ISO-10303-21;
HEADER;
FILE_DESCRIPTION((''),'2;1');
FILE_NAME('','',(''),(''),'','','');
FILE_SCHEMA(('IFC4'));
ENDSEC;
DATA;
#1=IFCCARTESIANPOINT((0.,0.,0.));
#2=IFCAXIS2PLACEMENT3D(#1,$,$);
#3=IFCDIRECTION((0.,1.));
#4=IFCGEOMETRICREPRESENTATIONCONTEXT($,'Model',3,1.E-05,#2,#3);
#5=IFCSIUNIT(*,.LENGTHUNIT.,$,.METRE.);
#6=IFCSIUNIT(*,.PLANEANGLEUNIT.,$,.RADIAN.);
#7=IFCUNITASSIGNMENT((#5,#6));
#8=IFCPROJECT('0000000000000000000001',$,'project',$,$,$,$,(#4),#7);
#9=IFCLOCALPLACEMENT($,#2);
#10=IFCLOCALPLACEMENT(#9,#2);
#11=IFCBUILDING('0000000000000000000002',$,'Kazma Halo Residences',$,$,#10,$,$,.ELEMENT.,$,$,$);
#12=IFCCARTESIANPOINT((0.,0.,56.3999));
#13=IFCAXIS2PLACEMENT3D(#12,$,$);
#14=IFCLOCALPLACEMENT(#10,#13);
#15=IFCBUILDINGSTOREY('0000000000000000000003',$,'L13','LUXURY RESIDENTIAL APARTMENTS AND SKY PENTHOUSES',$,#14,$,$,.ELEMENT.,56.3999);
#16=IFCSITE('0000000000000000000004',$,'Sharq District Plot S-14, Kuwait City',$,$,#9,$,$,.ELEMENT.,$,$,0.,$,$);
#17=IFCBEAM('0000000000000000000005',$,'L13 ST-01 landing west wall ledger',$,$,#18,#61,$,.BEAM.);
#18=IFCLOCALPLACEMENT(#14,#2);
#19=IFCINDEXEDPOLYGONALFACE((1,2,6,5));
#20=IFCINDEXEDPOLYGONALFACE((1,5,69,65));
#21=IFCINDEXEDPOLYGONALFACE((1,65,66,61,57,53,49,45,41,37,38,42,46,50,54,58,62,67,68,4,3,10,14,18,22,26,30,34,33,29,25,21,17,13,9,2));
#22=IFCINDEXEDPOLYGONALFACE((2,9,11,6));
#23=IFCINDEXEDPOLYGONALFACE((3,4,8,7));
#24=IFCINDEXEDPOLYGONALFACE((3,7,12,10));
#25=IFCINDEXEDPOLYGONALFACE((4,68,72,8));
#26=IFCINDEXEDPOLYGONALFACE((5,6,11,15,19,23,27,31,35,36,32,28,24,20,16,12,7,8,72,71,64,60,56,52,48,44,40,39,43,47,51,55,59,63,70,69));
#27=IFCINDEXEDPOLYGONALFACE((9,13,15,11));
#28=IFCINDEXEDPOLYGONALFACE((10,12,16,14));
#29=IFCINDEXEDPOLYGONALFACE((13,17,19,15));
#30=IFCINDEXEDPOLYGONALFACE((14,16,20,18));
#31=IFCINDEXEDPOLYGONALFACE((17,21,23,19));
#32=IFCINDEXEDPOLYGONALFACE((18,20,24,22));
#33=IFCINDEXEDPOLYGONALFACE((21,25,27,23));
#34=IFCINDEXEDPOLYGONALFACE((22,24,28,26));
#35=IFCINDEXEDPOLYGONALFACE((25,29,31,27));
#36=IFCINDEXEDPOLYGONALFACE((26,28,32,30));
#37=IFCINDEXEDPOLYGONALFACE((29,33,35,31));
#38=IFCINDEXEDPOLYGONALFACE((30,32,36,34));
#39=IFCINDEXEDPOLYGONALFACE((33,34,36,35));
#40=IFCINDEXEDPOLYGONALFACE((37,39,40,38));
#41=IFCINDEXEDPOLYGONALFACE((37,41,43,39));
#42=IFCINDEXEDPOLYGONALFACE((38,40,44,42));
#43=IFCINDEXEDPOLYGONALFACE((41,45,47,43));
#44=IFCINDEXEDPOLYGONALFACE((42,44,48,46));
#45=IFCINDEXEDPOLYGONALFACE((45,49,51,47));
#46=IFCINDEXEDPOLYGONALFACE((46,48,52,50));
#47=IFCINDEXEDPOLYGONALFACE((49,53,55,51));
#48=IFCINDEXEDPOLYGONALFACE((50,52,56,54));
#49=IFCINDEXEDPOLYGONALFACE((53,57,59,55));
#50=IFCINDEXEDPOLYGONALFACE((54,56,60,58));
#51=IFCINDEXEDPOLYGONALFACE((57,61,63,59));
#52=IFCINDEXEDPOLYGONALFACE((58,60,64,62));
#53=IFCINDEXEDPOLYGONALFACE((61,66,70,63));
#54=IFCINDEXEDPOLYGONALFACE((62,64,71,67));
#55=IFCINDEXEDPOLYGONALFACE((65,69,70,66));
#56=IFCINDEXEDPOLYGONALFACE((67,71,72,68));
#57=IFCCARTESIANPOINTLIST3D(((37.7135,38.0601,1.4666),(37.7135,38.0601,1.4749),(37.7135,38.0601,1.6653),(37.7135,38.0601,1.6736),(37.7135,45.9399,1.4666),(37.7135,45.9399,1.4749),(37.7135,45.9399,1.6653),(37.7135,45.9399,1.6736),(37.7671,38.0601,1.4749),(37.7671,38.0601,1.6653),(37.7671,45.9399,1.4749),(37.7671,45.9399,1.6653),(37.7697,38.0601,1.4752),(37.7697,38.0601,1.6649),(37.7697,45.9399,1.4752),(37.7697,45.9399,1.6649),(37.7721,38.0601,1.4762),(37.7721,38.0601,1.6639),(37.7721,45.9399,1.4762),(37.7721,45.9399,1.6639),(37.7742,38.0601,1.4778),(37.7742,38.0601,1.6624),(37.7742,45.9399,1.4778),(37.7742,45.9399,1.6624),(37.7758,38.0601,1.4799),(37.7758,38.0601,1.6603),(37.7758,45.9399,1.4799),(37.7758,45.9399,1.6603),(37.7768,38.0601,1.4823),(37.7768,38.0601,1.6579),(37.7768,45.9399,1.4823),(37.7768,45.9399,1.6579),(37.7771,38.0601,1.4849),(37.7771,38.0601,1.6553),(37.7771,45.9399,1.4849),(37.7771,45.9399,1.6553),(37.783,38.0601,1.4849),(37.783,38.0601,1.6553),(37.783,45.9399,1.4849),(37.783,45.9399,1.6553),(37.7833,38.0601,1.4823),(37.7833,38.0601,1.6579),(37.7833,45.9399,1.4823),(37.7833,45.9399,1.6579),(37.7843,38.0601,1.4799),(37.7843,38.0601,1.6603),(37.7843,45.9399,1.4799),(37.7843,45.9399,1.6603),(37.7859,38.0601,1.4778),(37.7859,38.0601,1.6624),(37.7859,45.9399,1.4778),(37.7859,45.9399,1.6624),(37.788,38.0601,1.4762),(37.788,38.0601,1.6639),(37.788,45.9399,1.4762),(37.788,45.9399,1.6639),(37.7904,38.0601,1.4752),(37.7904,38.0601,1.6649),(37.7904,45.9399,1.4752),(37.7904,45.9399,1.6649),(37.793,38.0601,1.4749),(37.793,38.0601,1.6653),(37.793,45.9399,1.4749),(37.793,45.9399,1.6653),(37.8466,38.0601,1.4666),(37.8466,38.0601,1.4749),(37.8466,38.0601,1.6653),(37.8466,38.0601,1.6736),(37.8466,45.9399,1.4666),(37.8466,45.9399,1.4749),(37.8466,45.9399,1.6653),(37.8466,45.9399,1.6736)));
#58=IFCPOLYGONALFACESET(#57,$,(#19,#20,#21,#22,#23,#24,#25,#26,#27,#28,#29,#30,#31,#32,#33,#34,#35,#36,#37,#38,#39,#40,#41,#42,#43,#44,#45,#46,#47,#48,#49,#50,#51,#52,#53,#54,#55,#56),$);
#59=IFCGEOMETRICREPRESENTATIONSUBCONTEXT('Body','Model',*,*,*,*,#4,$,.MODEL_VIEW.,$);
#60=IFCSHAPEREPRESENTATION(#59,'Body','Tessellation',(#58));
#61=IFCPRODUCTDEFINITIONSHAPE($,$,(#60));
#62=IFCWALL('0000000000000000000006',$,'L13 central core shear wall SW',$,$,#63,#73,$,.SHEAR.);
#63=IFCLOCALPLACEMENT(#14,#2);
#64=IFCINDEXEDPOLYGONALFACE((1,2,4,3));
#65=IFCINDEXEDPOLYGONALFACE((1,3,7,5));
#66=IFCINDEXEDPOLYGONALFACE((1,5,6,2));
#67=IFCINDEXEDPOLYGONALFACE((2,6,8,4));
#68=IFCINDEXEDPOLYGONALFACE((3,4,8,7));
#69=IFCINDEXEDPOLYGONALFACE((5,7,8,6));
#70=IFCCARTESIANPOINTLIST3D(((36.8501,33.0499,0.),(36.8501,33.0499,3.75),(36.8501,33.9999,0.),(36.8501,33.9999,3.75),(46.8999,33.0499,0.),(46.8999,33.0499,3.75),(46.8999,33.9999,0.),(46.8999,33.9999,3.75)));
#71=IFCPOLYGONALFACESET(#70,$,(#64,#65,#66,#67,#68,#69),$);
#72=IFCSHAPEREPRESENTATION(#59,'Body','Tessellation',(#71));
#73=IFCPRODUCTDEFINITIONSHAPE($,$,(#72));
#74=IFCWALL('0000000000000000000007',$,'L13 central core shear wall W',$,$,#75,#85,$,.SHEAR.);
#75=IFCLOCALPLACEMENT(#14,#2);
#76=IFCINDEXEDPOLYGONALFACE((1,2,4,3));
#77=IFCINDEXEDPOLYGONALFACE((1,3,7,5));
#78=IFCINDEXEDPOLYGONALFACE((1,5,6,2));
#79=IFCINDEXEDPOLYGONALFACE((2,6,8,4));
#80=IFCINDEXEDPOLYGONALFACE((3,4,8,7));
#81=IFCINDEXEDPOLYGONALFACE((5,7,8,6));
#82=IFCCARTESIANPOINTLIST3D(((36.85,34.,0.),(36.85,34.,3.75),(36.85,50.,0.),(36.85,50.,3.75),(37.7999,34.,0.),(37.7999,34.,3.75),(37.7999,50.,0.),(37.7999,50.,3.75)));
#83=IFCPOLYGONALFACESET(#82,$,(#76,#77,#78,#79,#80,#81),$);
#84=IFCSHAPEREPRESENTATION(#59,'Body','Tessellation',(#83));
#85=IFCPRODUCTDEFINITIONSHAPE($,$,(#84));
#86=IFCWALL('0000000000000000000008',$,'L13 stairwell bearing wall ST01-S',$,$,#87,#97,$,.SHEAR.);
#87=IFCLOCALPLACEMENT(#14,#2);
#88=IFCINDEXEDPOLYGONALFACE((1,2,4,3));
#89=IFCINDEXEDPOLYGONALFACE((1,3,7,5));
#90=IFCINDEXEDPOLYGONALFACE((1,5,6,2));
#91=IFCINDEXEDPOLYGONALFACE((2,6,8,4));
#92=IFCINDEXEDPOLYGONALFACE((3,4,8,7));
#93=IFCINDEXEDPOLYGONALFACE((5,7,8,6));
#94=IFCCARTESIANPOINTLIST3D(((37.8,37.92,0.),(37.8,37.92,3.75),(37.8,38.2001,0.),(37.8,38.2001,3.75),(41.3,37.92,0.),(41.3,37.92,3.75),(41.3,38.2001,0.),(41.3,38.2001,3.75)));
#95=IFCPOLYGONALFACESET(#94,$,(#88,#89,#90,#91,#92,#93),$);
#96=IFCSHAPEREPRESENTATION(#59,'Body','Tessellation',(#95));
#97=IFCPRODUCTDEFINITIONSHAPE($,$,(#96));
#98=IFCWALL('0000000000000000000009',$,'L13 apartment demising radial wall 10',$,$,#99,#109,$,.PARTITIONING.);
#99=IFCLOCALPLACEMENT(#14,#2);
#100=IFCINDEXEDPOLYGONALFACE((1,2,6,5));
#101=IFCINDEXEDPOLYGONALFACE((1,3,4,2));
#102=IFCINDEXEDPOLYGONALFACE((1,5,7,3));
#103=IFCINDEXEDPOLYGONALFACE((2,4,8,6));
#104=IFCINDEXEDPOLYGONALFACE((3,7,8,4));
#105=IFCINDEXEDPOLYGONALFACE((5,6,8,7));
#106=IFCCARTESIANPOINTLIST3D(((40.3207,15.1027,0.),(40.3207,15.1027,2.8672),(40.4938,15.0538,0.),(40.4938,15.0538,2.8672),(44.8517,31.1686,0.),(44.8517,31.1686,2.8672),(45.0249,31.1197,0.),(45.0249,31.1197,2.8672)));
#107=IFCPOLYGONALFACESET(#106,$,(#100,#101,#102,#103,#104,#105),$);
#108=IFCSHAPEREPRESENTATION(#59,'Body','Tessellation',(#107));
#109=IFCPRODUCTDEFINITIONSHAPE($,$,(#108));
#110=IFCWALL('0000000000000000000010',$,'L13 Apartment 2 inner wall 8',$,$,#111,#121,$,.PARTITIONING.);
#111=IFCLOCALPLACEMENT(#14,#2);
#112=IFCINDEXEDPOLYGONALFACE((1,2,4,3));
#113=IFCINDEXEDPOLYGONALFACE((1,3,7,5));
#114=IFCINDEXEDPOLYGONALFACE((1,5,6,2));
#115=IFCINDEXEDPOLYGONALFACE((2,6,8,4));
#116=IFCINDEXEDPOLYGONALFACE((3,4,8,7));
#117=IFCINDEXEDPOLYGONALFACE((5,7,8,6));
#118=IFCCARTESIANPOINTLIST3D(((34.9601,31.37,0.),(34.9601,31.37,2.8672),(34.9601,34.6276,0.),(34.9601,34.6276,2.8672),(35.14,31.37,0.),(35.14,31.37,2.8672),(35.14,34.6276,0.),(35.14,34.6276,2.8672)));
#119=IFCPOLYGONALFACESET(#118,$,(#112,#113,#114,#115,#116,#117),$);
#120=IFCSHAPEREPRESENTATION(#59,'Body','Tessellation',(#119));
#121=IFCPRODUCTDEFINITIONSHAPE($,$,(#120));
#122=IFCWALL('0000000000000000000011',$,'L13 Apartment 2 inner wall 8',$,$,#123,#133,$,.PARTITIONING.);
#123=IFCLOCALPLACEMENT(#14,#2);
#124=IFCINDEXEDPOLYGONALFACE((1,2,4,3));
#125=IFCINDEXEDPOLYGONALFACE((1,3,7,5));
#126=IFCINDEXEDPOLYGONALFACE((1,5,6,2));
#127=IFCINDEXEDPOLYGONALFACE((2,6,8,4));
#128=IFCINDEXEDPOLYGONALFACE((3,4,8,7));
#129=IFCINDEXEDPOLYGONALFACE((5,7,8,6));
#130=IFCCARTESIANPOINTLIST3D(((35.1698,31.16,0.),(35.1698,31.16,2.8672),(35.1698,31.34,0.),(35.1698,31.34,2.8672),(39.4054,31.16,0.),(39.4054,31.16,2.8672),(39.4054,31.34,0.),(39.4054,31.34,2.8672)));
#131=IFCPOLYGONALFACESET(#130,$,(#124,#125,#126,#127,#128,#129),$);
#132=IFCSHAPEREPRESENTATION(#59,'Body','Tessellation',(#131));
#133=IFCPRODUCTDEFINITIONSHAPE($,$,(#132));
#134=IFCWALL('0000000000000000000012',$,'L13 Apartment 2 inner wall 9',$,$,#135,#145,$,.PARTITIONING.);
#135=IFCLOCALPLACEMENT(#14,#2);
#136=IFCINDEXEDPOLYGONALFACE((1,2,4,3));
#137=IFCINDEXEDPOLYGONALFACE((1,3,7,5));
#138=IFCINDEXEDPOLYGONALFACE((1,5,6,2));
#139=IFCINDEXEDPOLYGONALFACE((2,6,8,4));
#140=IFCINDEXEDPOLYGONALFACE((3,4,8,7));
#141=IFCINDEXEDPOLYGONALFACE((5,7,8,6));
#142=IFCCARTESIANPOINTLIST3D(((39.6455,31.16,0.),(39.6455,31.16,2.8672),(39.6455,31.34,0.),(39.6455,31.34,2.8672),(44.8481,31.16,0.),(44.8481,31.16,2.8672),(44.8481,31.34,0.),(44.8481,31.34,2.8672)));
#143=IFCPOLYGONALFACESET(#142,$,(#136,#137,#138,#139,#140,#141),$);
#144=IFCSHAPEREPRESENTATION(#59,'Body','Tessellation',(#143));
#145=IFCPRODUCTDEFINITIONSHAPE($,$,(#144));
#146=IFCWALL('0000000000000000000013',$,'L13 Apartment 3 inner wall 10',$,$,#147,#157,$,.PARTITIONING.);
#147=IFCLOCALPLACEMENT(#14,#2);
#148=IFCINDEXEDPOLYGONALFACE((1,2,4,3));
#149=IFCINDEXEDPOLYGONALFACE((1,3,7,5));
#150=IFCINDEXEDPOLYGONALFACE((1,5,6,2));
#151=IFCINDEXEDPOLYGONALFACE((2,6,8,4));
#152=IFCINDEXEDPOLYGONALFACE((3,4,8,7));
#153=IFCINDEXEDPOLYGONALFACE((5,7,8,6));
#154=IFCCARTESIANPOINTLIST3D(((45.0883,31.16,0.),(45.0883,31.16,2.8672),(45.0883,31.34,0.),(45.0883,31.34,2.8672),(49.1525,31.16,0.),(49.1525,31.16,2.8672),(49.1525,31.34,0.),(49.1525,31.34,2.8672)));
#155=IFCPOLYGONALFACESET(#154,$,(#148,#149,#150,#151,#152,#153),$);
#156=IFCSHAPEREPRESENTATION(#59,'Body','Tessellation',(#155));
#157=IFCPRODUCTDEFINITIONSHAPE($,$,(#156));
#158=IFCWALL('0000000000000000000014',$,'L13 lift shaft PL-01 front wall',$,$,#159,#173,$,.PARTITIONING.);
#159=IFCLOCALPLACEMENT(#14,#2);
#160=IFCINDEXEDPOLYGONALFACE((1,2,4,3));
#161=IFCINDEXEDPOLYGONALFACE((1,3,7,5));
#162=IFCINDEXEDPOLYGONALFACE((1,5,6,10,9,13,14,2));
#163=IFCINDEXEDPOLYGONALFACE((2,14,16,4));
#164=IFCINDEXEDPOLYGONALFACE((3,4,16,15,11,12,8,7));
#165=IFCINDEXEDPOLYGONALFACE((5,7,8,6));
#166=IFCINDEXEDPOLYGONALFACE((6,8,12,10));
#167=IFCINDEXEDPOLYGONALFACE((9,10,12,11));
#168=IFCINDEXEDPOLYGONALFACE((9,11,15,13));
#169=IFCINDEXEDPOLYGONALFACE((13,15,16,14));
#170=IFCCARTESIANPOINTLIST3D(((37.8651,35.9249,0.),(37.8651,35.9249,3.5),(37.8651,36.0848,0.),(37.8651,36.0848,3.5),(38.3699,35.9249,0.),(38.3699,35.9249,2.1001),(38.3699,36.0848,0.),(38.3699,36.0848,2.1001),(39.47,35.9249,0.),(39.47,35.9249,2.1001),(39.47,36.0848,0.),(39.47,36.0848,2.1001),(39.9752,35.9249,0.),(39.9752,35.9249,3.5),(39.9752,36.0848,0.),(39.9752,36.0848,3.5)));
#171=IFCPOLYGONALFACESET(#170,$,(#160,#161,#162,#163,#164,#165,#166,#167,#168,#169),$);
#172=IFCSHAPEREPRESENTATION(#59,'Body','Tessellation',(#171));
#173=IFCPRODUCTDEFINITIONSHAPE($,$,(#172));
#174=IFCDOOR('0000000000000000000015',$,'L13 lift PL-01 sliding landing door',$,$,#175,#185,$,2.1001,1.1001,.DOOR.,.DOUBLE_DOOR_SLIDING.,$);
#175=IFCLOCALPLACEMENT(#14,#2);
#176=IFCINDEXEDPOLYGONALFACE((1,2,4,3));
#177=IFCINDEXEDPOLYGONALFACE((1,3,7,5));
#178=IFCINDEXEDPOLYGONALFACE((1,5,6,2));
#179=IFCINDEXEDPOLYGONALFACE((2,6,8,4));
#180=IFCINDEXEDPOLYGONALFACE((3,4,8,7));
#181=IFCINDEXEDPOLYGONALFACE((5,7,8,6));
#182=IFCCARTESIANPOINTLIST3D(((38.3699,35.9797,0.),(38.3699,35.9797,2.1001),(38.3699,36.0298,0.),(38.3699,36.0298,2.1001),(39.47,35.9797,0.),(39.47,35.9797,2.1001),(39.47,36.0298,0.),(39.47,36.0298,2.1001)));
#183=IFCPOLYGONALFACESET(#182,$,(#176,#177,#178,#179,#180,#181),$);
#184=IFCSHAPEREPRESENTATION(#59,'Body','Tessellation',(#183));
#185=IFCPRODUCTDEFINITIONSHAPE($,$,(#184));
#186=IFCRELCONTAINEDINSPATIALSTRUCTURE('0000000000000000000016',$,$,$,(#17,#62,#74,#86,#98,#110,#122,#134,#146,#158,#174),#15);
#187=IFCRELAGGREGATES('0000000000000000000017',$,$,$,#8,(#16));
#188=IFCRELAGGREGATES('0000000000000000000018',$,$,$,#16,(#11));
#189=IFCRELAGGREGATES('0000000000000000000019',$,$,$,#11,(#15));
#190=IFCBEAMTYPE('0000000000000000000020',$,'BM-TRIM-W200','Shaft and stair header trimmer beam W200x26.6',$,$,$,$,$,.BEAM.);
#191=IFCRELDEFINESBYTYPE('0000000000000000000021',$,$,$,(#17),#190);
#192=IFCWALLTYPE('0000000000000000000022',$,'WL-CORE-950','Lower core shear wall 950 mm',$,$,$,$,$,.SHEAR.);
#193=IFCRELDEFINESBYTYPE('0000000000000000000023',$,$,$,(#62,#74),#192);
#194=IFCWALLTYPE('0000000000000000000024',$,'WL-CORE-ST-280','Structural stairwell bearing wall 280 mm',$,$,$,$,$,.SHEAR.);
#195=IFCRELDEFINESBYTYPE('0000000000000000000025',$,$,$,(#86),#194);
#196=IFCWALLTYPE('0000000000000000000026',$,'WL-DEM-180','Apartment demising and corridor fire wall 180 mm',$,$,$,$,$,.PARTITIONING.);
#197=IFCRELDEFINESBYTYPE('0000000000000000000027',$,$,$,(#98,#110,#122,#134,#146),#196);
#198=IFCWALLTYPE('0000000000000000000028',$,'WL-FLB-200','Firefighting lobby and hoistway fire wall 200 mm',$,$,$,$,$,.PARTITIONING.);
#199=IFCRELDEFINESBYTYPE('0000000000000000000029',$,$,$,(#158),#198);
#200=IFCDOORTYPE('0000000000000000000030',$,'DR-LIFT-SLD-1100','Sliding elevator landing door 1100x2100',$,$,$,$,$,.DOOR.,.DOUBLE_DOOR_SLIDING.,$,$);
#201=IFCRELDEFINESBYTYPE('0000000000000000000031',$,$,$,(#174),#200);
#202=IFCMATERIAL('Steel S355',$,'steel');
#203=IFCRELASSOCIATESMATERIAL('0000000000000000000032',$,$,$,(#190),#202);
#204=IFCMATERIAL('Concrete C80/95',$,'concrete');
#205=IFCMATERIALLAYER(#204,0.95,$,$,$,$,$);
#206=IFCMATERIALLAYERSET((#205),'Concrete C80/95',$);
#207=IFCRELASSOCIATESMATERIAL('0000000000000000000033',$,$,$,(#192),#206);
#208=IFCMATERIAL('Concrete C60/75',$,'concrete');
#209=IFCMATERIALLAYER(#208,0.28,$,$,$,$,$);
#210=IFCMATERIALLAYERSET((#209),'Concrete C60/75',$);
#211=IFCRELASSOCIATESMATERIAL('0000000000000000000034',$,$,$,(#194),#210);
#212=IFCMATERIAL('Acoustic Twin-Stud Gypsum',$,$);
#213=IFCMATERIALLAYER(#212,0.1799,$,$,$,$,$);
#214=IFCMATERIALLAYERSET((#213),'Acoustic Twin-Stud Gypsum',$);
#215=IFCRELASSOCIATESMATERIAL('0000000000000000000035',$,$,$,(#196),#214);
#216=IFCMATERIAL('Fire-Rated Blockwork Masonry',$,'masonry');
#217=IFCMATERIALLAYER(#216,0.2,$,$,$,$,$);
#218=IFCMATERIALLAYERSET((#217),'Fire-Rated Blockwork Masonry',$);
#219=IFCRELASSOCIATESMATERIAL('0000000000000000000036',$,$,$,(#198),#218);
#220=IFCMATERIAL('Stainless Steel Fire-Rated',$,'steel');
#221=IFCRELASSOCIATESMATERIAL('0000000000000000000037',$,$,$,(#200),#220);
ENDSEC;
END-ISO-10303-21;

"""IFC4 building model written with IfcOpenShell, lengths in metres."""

from ifc_helpers import new_model, si_unit, direction, frame, frame_2d, origin, origin_2d, place, context, subcontext, project, spatial, rectangle, i_section, extrude, material, layer, layer_set, material_profile, profile_set, type_object, element, fill, save


model = new_model("IFC4")

# Units and contexts
model_context = context("Model", 3, precision=1e-05, world=origin(), true_north=direction((0.0, 1.0)))
body_context = subcontext(model_context, "Body", "Model", "MODEL_VIEW")
ifc_project = project(units=[si_unit("LENGTHUNIT", "METRE"), si_unit("PLANEANGLEUNIT", "RADIAN")], contexts=[model_context])

# Site, building, storey
site_placement = place(None, origin())
site = spatial("IfcSite", under=ifc_project, at=site_placement, Name="Sharq District Plot S-14, Kuwait City", CompositionType="ELEMENT", RefElevation=0.0)
building_placement = place(site_placement, origin())
building = spatial("IfcBuilding", under=site, at=building_placement, Name="Kazma Halo Residences", CompositionType="ELEMENT")
storey_placement = place(building_placement, frame((0.0, 0.0, 56.3999)))
storey = spatial("IfcBuildingStorey", under=building, at=storey_placement, Name="L13", Description="LUXURY RESIDENTIAL APARTMENTS AND SKY PENTHOUSES", CompositionType="ELEMENT", Elevation=56.3999)

# Beam
ifc_material_1 = material(Name="Steel S355", Category="steel")
ifc_material_profile_1 = material_profile(ifc_material_1, i_section(OverallWidth=0.1331, OverallDepth=0.207, WebThickness=0.0059, FlangeThickness=0.0083, FilletRadius=0.01, at=origin_2d()), Name="W200x26.6")
ifc_profile_set_1 = profile_set([ifc_material_profile_1], Name="Steel S355")
beam_type_1 = type_object("IfcBeamType", Name="BM-TRIM-W200", Description="Shaft and stair header trimmer beam W200x26.6", PredefinedType="BEAM", material=ifc_profile_set_1)
beam_1_placement = place(storey_placement, frame((37.78, 38.0601, 1.5701), z_axis=(0.0, 1.0, 0.0), x_axis=(-1.0, 0.0, 0.0)))
element("IfcBeam", 1, at=beam_1_placement, inside=storey, type_object=beam_type_1, Name="L13 ST-01 landing west wall ledger", PredefinedType="BEAM", context=body_context, shape_type="SweptSolid", body=[
    extrude(i_section(OverallWidth=0.1331, OverallDepth=0.207, WebThickness=0.0059, FlangeThickness=0.0083, FilletRadius=0.01, at=origin_2d()), origin(), (0.0, 0.0, 1.0), 7.8799),
])

# Walls
ifc_material_2 = material(Name="Concrete C80/95", Category="concrete")
ifc_layer_1 = layer(ifc_material_2, 0.95)
ifc_layer_set_1 = layer_set([ifc_layer_1], Name="Concrete C80/95")
wall_type_1 = type_object("IfcWallType", Name="WL-CORE-950", Description="Lower core shear wall 950 mm", PredefinedType="SHEAR", material=ifc_layer_set_1)
wall_1_placement = place(storey_placement, frame((36.8501, 33.5249, 0.0), z_axis=(0.0, 0.0, 1.0), x_axis=(1.0, 0.0, 0.0)))
element("IfcWall", 2, at=wall_1_placement, inside=storey, type_object=wall_type_1, Name="L13 central core shear wall SW", PredefinedType="SHEAR", context=body_context, shape_type="SweptSolid", body=[
    extrude(rectangle(XDim=10.0498, YDim=0.95, at=frame_2d((5.0249, 0.0))), origin(), (0.0, 0.0, 1.0), 3.75),
])
wall_2_placement = place(storey_placement, frame((37.325, 34.0, 0.0), z_axis=(0.0, 0.0, 1.0), x_axis=(0.0, 1.0, 0.0)))
element("IfcWall", 3, at=wall_2_placement, inside=storey, type_object=wall_type_1, Name="L13 central core shear wall W", PredefinedType="SHEAR", context=body_context, shape_type="SweptSolid", body=[
    extrude(rectangle(XDim=16.0, YDim=0.95, at=frame_2d((8.0, 0.0))), origin(), (0.0, 0.0, 1.0), 3.75),
])
ifc_material_3 = material(Name="Concrete C60/75", Category="concrete")
ifc_layer_2 = layer(ifc_material_3, 0.28)
ifc_layer_set_2 = layer_set([ifc_layer_2], Name="Concrete C60/75")
wall_type_2 = type_object("IfcWallType", Name="WL-CORE-ST-280", Description="Structural stairwell bearing wall 280 mm", PredefinedType="SHEAR", material=ifc_layer_set_2)
wall_3_placement = place(storey_placement, frame((37.8, 38.0601, 0.0), z_axis=(0.0, 0.0, 1.0), x_axis=(1.0, 0.0, 0.0)))
element("IfcWall", 4, at=wall_3_placement, inside=storey, type_object=wall_type_2, Name="L13 stairwell bearing wall ST01-S", PredefinedType="SHEAR", context=body_context, shape_type="SweptSolid", body=[
    extrude(rectangle(XDim=3.5, YDim=0.28, at=frame_2d((1.75, 0.0))), origin(), (0.0, 0.0, 1.0), 3.75),
])
ifc_material_4 = material(Name="Acoustic Twin-Stud Gypsum")
ifc_layer_3 = layer(ifc_material_4, 0.1799)
ifc_layer_set_3 = layer_set([ifc_layer_3], Name="Acoustic Twin-Stud Gypsum")
wall_type_3 = type_object("IfcWallType", Name="WL-DEM-180", Description="Apartment demising and corridor fire wall 180 mm", PredefinedType="PARTITIONING", material=ifc_layer_set_3)
wall_4_placement = place(storey_placement, frame((44.9382, 31.144, 0.0), z_axis=(0.0, 0.0, 1.0), x_axis=(-0.271438, -0.962456, 0.0)))
element("IfcWall", 5, at=wall_4_placement, inside=storey, type_object=wall_type_3, Name="L13 apartment demising radial wall 10", PredefinedType="PARTITIONING", context=body_context, shape_type="SweptSolid", body=[
    extrude(rectangle(XDim=16.6926, YDim=0.1799, at=frame_2d((8.3462, 0.0))), origin(), (0.0, 0.0, 1.0), 2.8672),
])
wall_5_placement = place(storey_placement, frame((35.05, 34.6277, 0.0), z_axis=(0.0, 0.0, 1.0), x_axis=(0.0, -1.0, 0.0)))
element("IfcWall", 6, at=wall_5_placement, inside=storey, type_object=wall_type_3, Name="L13 Apartment 2 inner wall 8", PredefinedType="PARTITIONING", context=body_context, shape_type="SweptSolid", body=[
    extrude(rectangle(XDim=3.2576, YDim=0.1799, at=frame_2d((1.6289, 0.0))), origin(), (0.0, 0.0, 1.0), 2.8672),
])
wall_6_placement = place(storey_placement, frame((35.1699, 31.25, 0.0), z_axis=(0.0, 0.0, 1.0), x_axis=(1.0, 0.0, 0.0)))
element("IfcWall", 7, at=wall_6_placement, inside=storey, type_object=wall_type_3, Name="L13 Apartment 2 inner wall 8", PredefinedType="PARTITIONING", context=body_context, shape_type="SweptSolid", body=[
    extrude(rectangle(XDim=4.2356, YDim=0.1799, at=frame_2d((2.1177, 0.0))), origin(), (0.0, 0.0, 1.0), 2.8672),
])
wall_7_placement = place(storey_placement, frame((39.6455, 31.25, 0.0), z_axis=(0.0, 0.0, 1.0), x_axis=(1.0, 0.0, 0.0)))
element("IfcWall", 8, at=wall_7_placement, inside=storey, type_object=wall_type_3, Name="L13 Apartment 2 inner wall 9", PredefinedType="PARTITIONING", context=body_context, shape_type="SweptSolid", body=[
    extrude(rectangle(XDim=5.2026, YDim=0.1799, at=frame_2d((2.6013, 0.0))), origin(), (0.0, 0.0, 1.0), 2.8672),
])
wall_8_placement = place(storey_placement, frame((45.0881, 31.25, 0.0), z_axis=(0.0, 0.0, 1.0), x_axis=(1.0, 0.0, 0.0)))
element("IfcWall", 9, at=wall_8_placement, inside=storey, type_object=wall_type_3, Name="L13 Apartment 3 inner wall 10", PredefinedType="PARTITIONING", context=body_context, shape_type="SweptSolid", body=[
    extrude(rectangle(XDim=4.0642, YDim=0.1799, at=frame_2d((2.0322, 0.0))), origin(), (0.0, 0.0, 1.0), 2.8672),
])

# Wall, opening, door
ifc_material_5 = material(Name="Fire-Rated Blockwork Masonry", Category="masonry")
ifc_layer_4 = layer(ifc_material_5, 0.2)
ifc_layer_set_4 = layer_set([ifc_layer_4], Name="Fire-Rated Blockwork Masonry")
wall_type_4 = type_object("IfcWallType", Name="WL-FLB-200", Description="Firefighting lobby and hoistway fire wall 200 mm", PredefinedType="PARTITIONING", material=ifc_layer_set_4)
wall_9_placement = place(storey_placement, frame((37.865, 36.0049, 0.0), z_axis=(0.0, 0.0, 1.0), x_axis=(1.0, 0.0, 0.0)))
wall_9 = element("IfcWall", 10, at=wall_9_placement, inside=storey, type_object=wall_type_4, Name="L13 lift shaft PL-01 front wall", PredefinedType="PARTITIONING", context=body_context, shape_type="SweptSolid", body=[
    extrude(rectangle(XDim=2.1101, YDim=0.1599, at=frame_2d((1.0552, 0.0))), origin(), (0.0, 0.0, 1.0), 3.5),
])
opening_1_placement = place(wall_9_placement, frame((0.5049, 0.0, 0.0)))
opening_1 = element("IfcOpeningElement", 11, at=opening_1_placement, cuts=wall_9, PredefinedType="OPENING", context=body_context, shape_type="SweptSolid", body=[
    extrude(rectangle(XDim=1.1001, YDim=2.1001, at=frame_2d((0.55, 1.05))), frame((0.0, 0.0898, 0.0), z_axis=(0.0, -1.0, 0.0), x_axis=(1.0, 0.0, 0.0)), (0.0, 0.0, 1.0), 0.1799),
])
ifc_material_6 = material(Name="Stainless Steel Fire-Rated", Category="steel")
door_type_1 = type_object("IfcDoorType", Name="DR-LIFT-SLD-1100", Description="Sliding elevator landing door 1100x2100", OperationType="DOUBLE_DOOR_SLIDING", PredefinedType="DOOR", material=ifc_material_6)
door_1_placement = place(opening_1_placement, origin())
door_1 = element("IfcDoor", 12, at=door_1_placement, inside=storey, type_object=door_type_1, Name="L13 lift PL-01 sliding landing door", OperationType="DOUBLE_DOOR_SLIDING", OverallHeight=2.1001, OverallWidth=1.1001, PredefinedType="DOOR", context=body_context, shape_type="SweptSolid", body=[
    extrude(rectangle(XDim=1.1001, YDim=2.1001, at=frame_2d((0.55, 1.05))), frame((0.0, 0.0249, 0.0), z_axis=(0.0, -1.0, 0.0), x_axis=(1.0, 0.0, 0.0)), (0.0, 0.0, 1.0), 0.05),
])
fill(opening_1, door_1)

save(model, "model.ifc")
